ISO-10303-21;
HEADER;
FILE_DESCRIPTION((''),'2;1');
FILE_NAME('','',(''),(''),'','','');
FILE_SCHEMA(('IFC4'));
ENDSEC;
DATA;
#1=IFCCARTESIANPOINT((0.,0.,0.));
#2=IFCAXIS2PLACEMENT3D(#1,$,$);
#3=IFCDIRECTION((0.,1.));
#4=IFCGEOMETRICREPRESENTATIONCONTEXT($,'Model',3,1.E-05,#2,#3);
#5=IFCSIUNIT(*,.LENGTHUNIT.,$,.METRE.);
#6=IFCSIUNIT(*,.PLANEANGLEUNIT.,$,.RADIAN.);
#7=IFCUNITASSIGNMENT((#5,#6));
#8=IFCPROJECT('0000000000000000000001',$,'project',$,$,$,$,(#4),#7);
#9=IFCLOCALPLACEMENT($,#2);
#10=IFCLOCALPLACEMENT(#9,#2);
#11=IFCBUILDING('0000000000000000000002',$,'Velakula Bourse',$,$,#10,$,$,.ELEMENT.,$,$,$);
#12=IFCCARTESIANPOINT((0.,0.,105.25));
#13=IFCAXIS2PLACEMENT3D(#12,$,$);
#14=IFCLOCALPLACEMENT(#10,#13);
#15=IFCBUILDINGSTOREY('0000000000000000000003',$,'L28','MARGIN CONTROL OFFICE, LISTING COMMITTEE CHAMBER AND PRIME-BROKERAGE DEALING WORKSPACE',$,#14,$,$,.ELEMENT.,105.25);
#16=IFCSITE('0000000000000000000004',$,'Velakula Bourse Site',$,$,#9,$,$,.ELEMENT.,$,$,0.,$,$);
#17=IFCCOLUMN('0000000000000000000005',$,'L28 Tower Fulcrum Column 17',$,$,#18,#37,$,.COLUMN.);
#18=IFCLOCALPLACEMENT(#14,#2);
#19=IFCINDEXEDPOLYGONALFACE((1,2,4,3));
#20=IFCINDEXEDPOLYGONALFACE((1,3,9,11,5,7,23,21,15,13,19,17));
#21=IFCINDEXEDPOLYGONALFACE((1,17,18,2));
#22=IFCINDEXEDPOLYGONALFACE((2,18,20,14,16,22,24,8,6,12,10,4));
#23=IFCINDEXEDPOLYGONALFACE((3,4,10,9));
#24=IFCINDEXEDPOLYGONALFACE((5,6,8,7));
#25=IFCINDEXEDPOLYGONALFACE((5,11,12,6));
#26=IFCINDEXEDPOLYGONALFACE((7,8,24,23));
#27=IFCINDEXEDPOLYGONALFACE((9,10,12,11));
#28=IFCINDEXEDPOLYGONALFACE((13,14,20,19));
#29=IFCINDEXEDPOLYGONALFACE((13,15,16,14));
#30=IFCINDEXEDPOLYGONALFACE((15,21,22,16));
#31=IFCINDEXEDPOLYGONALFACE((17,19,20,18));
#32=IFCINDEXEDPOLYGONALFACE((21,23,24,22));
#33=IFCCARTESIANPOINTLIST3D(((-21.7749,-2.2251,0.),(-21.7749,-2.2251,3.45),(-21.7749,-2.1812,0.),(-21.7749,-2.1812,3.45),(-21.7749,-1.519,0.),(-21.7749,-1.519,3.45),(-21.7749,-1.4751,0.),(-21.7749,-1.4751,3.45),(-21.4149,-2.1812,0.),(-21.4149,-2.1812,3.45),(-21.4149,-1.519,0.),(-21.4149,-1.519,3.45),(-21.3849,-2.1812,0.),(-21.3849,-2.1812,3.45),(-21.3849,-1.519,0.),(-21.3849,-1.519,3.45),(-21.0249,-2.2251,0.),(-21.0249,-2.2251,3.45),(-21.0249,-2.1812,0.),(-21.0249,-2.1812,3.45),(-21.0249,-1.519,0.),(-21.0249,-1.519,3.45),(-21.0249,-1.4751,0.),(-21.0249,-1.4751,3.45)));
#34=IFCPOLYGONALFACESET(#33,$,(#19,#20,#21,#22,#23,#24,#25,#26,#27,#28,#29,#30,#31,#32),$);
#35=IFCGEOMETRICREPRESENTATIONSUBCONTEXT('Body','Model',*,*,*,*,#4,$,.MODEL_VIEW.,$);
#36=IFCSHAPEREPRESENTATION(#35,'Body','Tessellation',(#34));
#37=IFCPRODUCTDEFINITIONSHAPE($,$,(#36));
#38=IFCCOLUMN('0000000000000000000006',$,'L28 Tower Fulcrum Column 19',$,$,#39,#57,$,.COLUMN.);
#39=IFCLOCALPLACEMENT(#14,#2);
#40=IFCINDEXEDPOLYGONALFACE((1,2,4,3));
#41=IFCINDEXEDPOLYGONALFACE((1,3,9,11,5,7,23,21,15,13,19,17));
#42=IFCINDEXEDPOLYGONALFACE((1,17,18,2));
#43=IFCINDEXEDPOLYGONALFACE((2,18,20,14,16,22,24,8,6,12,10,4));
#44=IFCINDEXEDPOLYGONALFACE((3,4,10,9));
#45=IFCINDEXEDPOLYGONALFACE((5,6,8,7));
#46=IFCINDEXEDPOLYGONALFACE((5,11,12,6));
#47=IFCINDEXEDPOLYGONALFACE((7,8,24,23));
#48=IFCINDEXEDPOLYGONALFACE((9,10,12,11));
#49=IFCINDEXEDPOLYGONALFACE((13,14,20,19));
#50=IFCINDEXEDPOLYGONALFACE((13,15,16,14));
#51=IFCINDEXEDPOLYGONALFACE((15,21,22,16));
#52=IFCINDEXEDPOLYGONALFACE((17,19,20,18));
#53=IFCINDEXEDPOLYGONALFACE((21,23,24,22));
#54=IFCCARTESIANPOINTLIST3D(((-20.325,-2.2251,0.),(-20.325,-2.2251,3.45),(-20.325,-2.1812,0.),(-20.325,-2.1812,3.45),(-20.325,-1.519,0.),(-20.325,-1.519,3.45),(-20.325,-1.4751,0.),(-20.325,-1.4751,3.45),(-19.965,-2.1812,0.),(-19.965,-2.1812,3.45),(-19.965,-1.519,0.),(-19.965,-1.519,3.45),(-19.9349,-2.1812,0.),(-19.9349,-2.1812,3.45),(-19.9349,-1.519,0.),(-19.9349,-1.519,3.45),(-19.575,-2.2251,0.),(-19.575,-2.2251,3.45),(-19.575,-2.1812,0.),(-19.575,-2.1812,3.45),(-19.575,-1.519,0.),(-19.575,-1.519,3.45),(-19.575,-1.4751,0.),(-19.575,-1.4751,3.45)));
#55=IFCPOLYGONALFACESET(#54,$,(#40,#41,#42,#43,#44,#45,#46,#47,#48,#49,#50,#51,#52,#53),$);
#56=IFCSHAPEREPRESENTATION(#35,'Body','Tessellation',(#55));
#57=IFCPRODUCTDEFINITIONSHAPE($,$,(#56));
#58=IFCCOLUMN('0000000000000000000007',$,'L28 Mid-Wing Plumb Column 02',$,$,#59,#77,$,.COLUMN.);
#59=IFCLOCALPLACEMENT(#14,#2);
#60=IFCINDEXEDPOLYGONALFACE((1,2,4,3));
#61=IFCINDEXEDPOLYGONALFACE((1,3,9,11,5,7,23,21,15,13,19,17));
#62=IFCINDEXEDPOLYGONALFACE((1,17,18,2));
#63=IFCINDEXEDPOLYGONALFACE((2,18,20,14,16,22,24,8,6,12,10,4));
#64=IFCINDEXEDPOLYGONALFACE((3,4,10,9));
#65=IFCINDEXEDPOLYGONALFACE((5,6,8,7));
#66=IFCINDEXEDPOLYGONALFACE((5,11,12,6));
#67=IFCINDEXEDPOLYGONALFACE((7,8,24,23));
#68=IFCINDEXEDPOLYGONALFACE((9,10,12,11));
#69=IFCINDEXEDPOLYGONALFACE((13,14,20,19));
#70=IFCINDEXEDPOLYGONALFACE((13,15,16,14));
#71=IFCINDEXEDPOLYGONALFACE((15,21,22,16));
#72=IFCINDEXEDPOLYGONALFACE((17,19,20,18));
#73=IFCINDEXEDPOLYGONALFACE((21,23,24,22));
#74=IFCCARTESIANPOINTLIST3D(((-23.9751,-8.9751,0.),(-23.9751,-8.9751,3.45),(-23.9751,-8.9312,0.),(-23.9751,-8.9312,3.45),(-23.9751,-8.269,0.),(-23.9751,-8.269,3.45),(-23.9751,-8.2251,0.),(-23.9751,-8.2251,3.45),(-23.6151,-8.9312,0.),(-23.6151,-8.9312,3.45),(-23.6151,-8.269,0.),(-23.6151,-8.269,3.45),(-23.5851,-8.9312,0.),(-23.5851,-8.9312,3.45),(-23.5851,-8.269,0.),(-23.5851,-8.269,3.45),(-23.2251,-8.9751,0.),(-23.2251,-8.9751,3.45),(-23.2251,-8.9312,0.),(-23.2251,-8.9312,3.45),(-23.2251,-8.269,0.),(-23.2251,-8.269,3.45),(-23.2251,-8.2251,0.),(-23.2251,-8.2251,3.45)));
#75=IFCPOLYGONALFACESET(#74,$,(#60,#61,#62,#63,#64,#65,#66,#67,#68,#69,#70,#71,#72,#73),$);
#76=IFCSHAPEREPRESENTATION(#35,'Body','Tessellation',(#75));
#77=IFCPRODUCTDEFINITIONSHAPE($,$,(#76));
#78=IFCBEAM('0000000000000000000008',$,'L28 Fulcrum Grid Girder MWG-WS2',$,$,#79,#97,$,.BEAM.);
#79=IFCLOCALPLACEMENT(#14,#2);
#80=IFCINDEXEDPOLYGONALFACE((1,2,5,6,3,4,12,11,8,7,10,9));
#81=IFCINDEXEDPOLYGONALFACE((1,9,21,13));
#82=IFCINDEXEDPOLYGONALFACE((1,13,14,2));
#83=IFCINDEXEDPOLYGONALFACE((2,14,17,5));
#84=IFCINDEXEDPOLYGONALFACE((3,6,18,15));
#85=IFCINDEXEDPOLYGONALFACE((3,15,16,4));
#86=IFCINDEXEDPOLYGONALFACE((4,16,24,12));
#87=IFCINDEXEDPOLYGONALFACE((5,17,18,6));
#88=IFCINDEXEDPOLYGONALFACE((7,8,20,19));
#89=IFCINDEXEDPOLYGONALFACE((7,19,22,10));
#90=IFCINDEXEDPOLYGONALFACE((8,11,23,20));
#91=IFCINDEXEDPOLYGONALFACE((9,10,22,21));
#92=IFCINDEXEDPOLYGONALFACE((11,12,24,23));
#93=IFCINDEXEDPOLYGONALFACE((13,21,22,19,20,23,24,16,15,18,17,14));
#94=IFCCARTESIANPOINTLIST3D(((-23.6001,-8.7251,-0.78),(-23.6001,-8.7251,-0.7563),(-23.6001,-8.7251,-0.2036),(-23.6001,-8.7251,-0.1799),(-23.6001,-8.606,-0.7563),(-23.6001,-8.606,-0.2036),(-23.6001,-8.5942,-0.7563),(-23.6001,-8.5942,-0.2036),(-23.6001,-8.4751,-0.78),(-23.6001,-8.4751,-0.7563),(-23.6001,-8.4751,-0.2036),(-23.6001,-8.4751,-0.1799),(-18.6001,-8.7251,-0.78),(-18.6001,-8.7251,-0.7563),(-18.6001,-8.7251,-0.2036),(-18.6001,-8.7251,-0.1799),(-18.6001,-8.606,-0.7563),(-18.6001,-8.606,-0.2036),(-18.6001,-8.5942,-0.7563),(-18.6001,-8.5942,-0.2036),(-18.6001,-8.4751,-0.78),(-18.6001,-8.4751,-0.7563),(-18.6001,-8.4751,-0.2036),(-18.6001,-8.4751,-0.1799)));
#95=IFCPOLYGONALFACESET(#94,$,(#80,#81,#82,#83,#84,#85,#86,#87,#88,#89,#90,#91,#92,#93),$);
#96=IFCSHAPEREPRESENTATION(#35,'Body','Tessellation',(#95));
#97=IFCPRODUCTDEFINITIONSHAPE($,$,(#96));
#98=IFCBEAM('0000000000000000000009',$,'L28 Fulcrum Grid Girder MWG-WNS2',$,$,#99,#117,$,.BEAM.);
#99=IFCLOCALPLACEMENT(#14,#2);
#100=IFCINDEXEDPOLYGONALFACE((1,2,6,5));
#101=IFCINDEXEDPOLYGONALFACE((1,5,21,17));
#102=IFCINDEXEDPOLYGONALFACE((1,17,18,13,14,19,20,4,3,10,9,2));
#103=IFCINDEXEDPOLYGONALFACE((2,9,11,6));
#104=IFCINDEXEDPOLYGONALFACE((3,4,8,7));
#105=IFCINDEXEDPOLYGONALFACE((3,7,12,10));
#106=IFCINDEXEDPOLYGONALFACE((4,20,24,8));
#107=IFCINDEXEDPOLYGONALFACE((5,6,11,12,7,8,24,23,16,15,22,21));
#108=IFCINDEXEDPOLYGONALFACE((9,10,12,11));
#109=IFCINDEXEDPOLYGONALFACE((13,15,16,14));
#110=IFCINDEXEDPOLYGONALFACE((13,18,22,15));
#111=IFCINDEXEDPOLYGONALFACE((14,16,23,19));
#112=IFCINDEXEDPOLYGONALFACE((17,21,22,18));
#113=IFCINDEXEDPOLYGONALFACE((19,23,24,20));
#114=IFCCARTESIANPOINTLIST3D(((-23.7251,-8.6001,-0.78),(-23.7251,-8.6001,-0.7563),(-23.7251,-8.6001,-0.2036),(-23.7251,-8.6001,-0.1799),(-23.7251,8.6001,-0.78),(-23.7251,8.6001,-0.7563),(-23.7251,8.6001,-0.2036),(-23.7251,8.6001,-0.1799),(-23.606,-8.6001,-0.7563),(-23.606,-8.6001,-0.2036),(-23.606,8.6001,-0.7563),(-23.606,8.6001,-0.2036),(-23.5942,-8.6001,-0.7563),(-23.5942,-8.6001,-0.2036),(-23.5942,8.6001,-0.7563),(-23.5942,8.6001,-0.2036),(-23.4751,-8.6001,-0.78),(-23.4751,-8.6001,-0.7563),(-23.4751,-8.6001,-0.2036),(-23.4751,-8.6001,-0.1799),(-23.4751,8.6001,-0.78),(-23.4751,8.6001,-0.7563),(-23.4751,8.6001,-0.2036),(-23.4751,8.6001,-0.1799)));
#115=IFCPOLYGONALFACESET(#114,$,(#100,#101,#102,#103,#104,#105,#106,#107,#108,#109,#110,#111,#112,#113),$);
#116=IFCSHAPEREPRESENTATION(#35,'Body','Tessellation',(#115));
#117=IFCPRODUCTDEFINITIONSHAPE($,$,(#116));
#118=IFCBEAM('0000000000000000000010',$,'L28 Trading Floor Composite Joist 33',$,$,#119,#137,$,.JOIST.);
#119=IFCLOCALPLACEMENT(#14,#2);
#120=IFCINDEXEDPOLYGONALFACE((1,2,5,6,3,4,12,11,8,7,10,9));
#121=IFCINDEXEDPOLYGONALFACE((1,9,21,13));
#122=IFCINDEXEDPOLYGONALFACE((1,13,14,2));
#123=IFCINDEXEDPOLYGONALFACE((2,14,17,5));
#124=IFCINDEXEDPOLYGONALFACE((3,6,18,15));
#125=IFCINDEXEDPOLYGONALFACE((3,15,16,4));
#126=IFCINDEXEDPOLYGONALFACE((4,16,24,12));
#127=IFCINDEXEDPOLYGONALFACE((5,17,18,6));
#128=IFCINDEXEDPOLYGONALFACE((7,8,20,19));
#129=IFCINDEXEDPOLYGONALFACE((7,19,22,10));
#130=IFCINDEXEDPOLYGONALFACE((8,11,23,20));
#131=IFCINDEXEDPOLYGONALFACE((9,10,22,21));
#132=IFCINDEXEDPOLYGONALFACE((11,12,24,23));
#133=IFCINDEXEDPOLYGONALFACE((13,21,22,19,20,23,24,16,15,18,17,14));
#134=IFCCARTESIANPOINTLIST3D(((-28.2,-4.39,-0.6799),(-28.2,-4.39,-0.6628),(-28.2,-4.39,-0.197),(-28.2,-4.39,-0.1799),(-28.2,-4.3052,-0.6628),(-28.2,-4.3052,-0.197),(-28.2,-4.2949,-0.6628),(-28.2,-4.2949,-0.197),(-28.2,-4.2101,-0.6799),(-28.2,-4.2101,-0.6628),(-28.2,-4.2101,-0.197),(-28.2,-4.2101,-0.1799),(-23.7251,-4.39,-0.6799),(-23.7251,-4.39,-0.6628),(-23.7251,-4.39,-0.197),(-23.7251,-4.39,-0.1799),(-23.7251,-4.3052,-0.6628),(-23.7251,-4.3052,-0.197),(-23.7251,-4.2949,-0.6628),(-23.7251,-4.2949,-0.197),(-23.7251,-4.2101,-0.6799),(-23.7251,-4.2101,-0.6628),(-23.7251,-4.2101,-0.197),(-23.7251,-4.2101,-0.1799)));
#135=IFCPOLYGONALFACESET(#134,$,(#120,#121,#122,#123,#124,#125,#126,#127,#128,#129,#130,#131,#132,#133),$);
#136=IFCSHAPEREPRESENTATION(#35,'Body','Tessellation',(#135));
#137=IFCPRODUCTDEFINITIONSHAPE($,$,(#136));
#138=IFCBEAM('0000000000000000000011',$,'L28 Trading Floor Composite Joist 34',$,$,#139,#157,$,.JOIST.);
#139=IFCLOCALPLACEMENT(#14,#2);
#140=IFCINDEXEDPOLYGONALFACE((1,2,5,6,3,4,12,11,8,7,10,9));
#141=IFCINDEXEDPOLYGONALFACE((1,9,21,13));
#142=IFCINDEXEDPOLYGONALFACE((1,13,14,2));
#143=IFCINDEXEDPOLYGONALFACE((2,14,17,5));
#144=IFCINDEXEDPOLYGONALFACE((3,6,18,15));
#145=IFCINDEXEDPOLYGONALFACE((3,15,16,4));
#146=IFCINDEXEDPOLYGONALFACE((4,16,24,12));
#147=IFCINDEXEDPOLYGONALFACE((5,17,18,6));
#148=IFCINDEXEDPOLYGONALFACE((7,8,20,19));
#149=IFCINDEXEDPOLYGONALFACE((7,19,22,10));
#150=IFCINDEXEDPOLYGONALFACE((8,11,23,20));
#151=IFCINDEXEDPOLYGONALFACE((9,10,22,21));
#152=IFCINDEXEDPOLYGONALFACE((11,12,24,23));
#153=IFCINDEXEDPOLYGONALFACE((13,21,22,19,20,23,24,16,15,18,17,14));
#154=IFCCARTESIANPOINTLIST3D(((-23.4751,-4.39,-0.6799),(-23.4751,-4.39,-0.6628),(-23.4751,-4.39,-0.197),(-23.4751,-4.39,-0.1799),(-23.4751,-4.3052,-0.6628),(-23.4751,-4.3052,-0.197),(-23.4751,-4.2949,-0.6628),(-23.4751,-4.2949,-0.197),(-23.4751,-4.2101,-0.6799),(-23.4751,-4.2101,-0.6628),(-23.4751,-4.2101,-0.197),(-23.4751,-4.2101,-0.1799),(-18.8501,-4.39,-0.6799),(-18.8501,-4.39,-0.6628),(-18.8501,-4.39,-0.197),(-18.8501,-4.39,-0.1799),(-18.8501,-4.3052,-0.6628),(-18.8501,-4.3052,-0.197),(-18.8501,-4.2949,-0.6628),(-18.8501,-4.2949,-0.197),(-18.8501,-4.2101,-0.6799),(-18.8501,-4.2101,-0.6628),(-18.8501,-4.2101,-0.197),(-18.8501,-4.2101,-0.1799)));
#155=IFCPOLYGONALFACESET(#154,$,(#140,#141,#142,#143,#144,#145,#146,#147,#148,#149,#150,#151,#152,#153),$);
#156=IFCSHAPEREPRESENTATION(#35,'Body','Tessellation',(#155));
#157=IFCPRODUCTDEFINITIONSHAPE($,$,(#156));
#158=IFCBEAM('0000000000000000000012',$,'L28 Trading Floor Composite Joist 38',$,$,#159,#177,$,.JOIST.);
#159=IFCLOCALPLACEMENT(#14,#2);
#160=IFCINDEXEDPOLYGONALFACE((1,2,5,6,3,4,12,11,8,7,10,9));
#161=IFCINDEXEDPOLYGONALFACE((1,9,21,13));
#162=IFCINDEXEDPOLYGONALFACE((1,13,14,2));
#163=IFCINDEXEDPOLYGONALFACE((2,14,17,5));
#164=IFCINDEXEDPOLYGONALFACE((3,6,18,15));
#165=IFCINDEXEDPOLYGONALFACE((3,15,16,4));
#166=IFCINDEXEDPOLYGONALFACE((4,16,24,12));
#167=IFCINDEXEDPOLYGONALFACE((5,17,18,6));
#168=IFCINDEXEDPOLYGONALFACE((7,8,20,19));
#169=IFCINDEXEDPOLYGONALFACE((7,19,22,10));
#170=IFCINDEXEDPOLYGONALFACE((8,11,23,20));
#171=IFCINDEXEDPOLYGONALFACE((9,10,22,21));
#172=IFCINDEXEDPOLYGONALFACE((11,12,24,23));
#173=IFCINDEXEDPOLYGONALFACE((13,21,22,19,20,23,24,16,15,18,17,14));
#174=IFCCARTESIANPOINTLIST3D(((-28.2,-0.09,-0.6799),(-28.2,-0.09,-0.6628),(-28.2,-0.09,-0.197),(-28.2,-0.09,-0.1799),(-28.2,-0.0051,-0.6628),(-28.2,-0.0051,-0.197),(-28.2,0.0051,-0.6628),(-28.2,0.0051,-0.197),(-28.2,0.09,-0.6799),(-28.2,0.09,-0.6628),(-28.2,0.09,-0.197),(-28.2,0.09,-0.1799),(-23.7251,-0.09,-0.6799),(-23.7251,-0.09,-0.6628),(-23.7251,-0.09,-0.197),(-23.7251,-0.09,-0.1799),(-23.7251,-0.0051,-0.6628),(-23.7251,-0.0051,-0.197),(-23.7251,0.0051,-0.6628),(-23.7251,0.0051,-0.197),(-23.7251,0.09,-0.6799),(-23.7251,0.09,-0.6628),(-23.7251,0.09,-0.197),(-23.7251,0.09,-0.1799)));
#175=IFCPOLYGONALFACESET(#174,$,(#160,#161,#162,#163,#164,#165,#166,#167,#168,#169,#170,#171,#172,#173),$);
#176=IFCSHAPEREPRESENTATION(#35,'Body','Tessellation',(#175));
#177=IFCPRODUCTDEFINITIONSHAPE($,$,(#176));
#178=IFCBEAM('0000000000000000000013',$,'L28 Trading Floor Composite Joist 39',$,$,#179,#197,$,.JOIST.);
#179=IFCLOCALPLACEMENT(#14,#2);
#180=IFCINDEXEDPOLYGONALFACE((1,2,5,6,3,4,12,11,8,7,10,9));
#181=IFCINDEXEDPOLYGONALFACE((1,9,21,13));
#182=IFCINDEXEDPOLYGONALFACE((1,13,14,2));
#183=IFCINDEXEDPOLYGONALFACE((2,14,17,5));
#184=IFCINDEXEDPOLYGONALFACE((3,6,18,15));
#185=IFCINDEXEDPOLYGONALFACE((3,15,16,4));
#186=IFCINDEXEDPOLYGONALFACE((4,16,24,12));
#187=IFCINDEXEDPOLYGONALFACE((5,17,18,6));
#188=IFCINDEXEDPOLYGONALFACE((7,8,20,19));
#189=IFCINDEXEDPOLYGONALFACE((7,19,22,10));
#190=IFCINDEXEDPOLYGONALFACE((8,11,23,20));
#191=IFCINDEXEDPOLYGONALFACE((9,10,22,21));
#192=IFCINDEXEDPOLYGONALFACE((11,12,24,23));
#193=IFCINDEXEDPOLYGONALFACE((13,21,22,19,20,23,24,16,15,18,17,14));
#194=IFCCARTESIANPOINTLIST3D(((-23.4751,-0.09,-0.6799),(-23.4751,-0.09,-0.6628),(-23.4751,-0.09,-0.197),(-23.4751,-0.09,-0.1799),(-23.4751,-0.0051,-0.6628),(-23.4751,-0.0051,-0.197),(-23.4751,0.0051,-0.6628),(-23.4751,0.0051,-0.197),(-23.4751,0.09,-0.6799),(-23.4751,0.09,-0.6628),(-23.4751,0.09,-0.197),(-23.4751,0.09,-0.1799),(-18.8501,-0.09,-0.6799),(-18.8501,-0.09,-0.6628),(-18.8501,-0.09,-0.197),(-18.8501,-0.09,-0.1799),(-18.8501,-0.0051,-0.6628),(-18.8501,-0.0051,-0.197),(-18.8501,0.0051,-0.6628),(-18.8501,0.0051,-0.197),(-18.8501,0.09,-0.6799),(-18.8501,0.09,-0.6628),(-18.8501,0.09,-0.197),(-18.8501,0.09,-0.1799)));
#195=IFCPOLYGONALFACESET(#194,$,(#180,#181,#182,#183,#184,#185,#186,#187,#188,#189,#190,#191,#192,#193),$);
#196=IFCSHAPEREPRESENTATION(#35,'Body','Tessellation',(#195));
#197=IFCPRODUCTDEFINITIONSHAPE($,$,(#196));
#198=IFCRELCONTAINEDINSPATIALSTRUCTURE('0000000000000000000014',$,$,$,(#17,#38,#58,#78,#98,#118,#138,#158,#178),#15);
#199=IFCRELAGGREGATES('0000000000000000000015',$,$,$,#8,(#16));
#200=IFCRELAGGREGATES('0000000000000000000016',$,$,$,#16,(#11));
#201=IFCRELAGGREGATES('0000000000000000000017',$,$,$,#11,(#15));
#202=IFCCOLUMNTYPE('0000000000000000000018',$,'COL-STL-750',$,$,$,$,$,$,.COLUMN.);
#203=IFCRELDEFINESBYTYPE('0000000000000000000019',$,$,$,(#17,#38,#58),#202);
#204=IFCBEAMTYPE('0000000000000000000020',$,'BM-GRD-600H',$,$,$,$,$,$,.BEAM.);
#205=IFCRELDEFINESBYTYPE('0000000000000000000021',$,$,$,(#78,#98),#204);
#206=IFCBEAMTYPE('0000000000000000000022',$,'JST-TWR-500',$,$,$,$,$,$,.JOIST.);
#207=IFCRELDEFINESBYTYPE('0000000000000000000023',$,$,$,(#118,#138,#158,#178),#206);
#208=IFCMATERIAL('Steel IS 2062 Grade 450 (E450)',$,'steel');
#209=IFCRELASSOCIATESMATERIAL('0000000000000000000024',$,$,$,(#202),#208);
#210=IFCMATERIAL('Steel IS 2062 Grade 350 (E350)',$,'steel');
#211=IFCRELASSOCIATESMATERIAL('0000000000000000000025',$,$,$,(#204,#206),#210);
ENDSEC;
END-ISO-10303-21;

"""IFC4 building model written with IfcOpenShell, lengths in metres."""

from ifc_helpers import new_model, si_unit, direction, frame, origin, origin_2d, place, context, subcontext, project, spatial, i_section, extrude, material, material_profile, profile_set, type_object, element, save


model = new_model("IFC4")

# Units and contexts
model_context = context("Model", 3, precision=1e-05, world=origin(), true_north=direction((0.0, 1.0)))
body_context = subcontext(model_context, "Body", "Model", "MODEL_VIEW")
ifc_project = project(units=[si_unit("LENGTHUNIT", "METRE"), si_unit("PLANEANGLEUNIT", "RADIAN")], contexts=[model_context])

# Site, building, storey
site_placement = place(None, origin())
site = spatial("IfcSite", under=ifc_project, at=site_placement, Name="Velakula Bourse Site", CompositionType="ELEMENT", RefElevation=0.0)
building_placement = place(site_placement, origin())
building = spatial("IfcBuilding", under=site, at=building_placement, Name="Velakula Bourse", CompositionType="ELEMENT")
storey_placement = place(building_placement, frame((0.0, 0.0, 105.25)))
storey = spatial("IfcBuildingStorey", under=building, at=storey_placement, Name="L28", Description="MARGIN CONTROL OFFICE, LISTING COMMITTEE CHAMBER AND PRIME-BROKERAGE DEALING WORKSPACE", CompositionType="ELEMENT", Elevation=105.25)

# Columns
ifc_material_1 = material(Name="Steel IS 2062 Grade 450 (E450)", Category="steel")
ifc_material_profile_1 = material_profile(ifc_material_1, i_section(OverallWidth=0.75, OverallDepth=0.75, WebThickness=0.03, FlangeThickness=0.0439, at=origin_2d()), Name="Steel IS 2062 Grade 450 (E450)")
ifc_profile_set_1 = profile_set([ifc_material_profile_1], Name="Steel IS 2062 Grade 450 (E450)")
column_type = type_object("IfcColumnType", Name="COL-STL-750", PredefinedType="COLUMN", material=ifc_profile_set_1)
for number, where, z_axis, x_axis, name in (
    (1, (-21.3999, -1.8501, 0.0), (0.0, 0.0, 1.0), (1.0, 0.0, 0.0), "L28 Tower Fulcrum Column 17"),
    (2, (-19.95, -1.8501, 0.0), (0.0, 0.0, 1.0), (1.0, 0.0, 0.0), "L28 Tower Fulcrum Column 19"),
    (3, (-23.6001, -8.6001, 0.0), (0.0, 0.0, 1.0), (1.0, 0.0, 0.0), "L28 Mid-Wing Plumb Column 02"),
):
    element("IfcColumn", number, at=place(storey_placement, frame(where, z_axis=z_axis, x_axis=x_axis)), inside=storey, type_object=column_type, Name=name, PredefinedType="COLUMN", context=body_context, shape_type="SweptSolid", body=[
        extrude(i_section(OverallWidth=0.75, OverallDepth=0.75, WebThickness=0.03, FlangeThickness=0.0439, at=origin_2d()), origin(), (0.0, 0.0, 1.0), 3.45),
    ])

# Beams
ifc_material_2 = material(Name="Steel IS 2062 Grade 350 (E350)", Category="steel")
ifc_material_profile_2 = material_profile(ifc_material_2, i_section(OverallWidth=0.25, OverallDepth=0.6001, WebThickness=0.0117, FlangeThickness=0.0237, at=origin_2d()), Name="Steel IS 2062 Grade 350 (E350)")
ifc_profile_set_2 = profile_set([ifc_material_profile_2], Name="Steel IS 2062 Grade 350 (E350)")
beam_type_1 = type_object("IfcBeamType", Name="BM-GRD-600H", PredefinedType="BEAM", material=ifc_profile_set_2)
beam_1_placement = place(storey_placement, frame((-23.6001, -8.6001, -0.48), z_axis=(1.0, 0.0, 0.0), x_axis=(0.0, 1.0, 0.0)))
element("IfcBeam", 4, at=beam_1_placement, inside=storey, type_object=beam_type_1, Name="L28 Fulcrum Grid Girder MWG-WS2", PredefinedType="BEAM", context=body_context, shape_type="SweptSolid", body=[
    extrude(i_section(OverallWidth=0.25, OverallDepth=0.6001, WebThickness=0.0117, FlangeThickness=0.0237, at=origin_2d()), origin(), (0.0, 0.0, 1.0), 5.0),
])
beam_2_placement = place(storey_placement, frame((-23.6001, -8.6001, -0.48), z_axis=(0.0, 1.0, 0.0), x_axis=(-1.0, 0.0, 0.0)))
element("IfcBeam", 5, at=beam_2_placement, inside=storey, type_object=beam_type_1, Name="L28 Fulcrum Grid Girder MWG-WNS2", PredefinedType="BEAM", context=body_context, shape_type="SweptSolid", body=[
    extrude(i_section(OverallWidth=0.25, OverallDepth=0.6001, WebThickness=0.0117, FlangeThickness=0.0237, at=origin_2d()), origin(), (0.0, 0.0, 1.0), 17.2002),
])
ifc_material_profile_3 = material_profile(ifc_material_2, i_section(OverallWidth=0.1799, OverallDepth=0.5, WebThickness=0.0103, FlangeThickness=0.0171, at=origin_2d()), Name="Steel IS 2062 Grade 350 (E350)")
ifc_profile_set_3 = profile_set([ifc_material_profile_3], Name="Steel IS 2062 Grade 350 (E350)")
beam_type_2 = type_object("IfcBeamType", Name="JST-TWR-500", PredefinedType="JOIST", material=ifc_profile_set_3)
beam_3_placement = place(storey_placement, frame((-28.2, -4.3, -0.4299), z_axis=(1.0, 0.0, 0.0), x_axis=(0.0, 1.0, 0.0)))
element("IfcBeam", 6, at=beam_3_placement, inside=storey, type_object=beam_type_2, Name="L28 Trading Floor Composite Joist 33", PredefinedType="JOIST", context=body_context, shape_type="SweptSolid", body=[
    extrude(i_section(OverallWidth=0.1799, OverallDepth=0.5, WebThickness=0.0103, FlangeThickness=0.0171, at=origin_2d()), origin(), (0.0, 0.0, 1.0), 4.4749),
])
beam_4_placement = place(storey_placement, frame((-23.4751, -4.3, -0.4299), z_axis=(1.0, 0.0, 0.0), x_axis=(0.0, 1.0, 0.0)))
element("IfcBeam", 7, at=beam_4_placement, inside=storey, type_object=beam_type_2, Name="L28 Trading Floor Composite Joist 34", PredefinedType="JOIST", context=body_context, shape_type="SweptSolid", body=[
    extrude(i_section(OverallWidth=0.1799, OverallDepth=0.5, WebThickness=0.0103, FlangeThickness=0.0171, at=origin_2d()), origin(), (0.0, 0.0, 1.0), 4.625),
])
beam_5_placement = place(storey_placement, frame((-28.2, 0.0, -0.4299), z_axis=(1.0, 0.0, 0.0), x_axis=(0.0, 1.0, 0.0)))
element("IfcBeam", 8, at=beam_5_placement, inside=storey, type_object=beam_type_2, Name="L28 Trading Floor Composite Joist 38", PredefinedType="JOIST", context=body_context, shape_type="SweptSolid", body=[
    extrude(i_section(OverallWidth=0.1799, OverallDepth=0.5, WebThickness=0.0103, FlangeThickness=0.0171, at=origin_2d()), origin(), (0.0, 0.0, 1.0), 4.4749),
])
beam_6_placement = place(storey_placement, frame((-23.4751, 0.0, -0.4299), z_axis=(1.0, 0.0, 0.0), x_axis=(0.0, 1.0, 0.0)))
element("IfcBeam", 9, at=beam_6_placement, inside=storey, type_object=beam_type_2, Name="L28 Trading Floor Composite Joist 39", PredefinedType="JOIST", context=body_context, shape_type="SweptSolid", body=[
    extrude(i_section(OverallWidth=0.1799, OverallDepth=0.5, WebThickness=0.0103, FlangeThickness=0.0171, at=origin_2d()), origin(), (0.0, 0.0, 1.0), 4.625),
])

save(model, "model.ifc")
